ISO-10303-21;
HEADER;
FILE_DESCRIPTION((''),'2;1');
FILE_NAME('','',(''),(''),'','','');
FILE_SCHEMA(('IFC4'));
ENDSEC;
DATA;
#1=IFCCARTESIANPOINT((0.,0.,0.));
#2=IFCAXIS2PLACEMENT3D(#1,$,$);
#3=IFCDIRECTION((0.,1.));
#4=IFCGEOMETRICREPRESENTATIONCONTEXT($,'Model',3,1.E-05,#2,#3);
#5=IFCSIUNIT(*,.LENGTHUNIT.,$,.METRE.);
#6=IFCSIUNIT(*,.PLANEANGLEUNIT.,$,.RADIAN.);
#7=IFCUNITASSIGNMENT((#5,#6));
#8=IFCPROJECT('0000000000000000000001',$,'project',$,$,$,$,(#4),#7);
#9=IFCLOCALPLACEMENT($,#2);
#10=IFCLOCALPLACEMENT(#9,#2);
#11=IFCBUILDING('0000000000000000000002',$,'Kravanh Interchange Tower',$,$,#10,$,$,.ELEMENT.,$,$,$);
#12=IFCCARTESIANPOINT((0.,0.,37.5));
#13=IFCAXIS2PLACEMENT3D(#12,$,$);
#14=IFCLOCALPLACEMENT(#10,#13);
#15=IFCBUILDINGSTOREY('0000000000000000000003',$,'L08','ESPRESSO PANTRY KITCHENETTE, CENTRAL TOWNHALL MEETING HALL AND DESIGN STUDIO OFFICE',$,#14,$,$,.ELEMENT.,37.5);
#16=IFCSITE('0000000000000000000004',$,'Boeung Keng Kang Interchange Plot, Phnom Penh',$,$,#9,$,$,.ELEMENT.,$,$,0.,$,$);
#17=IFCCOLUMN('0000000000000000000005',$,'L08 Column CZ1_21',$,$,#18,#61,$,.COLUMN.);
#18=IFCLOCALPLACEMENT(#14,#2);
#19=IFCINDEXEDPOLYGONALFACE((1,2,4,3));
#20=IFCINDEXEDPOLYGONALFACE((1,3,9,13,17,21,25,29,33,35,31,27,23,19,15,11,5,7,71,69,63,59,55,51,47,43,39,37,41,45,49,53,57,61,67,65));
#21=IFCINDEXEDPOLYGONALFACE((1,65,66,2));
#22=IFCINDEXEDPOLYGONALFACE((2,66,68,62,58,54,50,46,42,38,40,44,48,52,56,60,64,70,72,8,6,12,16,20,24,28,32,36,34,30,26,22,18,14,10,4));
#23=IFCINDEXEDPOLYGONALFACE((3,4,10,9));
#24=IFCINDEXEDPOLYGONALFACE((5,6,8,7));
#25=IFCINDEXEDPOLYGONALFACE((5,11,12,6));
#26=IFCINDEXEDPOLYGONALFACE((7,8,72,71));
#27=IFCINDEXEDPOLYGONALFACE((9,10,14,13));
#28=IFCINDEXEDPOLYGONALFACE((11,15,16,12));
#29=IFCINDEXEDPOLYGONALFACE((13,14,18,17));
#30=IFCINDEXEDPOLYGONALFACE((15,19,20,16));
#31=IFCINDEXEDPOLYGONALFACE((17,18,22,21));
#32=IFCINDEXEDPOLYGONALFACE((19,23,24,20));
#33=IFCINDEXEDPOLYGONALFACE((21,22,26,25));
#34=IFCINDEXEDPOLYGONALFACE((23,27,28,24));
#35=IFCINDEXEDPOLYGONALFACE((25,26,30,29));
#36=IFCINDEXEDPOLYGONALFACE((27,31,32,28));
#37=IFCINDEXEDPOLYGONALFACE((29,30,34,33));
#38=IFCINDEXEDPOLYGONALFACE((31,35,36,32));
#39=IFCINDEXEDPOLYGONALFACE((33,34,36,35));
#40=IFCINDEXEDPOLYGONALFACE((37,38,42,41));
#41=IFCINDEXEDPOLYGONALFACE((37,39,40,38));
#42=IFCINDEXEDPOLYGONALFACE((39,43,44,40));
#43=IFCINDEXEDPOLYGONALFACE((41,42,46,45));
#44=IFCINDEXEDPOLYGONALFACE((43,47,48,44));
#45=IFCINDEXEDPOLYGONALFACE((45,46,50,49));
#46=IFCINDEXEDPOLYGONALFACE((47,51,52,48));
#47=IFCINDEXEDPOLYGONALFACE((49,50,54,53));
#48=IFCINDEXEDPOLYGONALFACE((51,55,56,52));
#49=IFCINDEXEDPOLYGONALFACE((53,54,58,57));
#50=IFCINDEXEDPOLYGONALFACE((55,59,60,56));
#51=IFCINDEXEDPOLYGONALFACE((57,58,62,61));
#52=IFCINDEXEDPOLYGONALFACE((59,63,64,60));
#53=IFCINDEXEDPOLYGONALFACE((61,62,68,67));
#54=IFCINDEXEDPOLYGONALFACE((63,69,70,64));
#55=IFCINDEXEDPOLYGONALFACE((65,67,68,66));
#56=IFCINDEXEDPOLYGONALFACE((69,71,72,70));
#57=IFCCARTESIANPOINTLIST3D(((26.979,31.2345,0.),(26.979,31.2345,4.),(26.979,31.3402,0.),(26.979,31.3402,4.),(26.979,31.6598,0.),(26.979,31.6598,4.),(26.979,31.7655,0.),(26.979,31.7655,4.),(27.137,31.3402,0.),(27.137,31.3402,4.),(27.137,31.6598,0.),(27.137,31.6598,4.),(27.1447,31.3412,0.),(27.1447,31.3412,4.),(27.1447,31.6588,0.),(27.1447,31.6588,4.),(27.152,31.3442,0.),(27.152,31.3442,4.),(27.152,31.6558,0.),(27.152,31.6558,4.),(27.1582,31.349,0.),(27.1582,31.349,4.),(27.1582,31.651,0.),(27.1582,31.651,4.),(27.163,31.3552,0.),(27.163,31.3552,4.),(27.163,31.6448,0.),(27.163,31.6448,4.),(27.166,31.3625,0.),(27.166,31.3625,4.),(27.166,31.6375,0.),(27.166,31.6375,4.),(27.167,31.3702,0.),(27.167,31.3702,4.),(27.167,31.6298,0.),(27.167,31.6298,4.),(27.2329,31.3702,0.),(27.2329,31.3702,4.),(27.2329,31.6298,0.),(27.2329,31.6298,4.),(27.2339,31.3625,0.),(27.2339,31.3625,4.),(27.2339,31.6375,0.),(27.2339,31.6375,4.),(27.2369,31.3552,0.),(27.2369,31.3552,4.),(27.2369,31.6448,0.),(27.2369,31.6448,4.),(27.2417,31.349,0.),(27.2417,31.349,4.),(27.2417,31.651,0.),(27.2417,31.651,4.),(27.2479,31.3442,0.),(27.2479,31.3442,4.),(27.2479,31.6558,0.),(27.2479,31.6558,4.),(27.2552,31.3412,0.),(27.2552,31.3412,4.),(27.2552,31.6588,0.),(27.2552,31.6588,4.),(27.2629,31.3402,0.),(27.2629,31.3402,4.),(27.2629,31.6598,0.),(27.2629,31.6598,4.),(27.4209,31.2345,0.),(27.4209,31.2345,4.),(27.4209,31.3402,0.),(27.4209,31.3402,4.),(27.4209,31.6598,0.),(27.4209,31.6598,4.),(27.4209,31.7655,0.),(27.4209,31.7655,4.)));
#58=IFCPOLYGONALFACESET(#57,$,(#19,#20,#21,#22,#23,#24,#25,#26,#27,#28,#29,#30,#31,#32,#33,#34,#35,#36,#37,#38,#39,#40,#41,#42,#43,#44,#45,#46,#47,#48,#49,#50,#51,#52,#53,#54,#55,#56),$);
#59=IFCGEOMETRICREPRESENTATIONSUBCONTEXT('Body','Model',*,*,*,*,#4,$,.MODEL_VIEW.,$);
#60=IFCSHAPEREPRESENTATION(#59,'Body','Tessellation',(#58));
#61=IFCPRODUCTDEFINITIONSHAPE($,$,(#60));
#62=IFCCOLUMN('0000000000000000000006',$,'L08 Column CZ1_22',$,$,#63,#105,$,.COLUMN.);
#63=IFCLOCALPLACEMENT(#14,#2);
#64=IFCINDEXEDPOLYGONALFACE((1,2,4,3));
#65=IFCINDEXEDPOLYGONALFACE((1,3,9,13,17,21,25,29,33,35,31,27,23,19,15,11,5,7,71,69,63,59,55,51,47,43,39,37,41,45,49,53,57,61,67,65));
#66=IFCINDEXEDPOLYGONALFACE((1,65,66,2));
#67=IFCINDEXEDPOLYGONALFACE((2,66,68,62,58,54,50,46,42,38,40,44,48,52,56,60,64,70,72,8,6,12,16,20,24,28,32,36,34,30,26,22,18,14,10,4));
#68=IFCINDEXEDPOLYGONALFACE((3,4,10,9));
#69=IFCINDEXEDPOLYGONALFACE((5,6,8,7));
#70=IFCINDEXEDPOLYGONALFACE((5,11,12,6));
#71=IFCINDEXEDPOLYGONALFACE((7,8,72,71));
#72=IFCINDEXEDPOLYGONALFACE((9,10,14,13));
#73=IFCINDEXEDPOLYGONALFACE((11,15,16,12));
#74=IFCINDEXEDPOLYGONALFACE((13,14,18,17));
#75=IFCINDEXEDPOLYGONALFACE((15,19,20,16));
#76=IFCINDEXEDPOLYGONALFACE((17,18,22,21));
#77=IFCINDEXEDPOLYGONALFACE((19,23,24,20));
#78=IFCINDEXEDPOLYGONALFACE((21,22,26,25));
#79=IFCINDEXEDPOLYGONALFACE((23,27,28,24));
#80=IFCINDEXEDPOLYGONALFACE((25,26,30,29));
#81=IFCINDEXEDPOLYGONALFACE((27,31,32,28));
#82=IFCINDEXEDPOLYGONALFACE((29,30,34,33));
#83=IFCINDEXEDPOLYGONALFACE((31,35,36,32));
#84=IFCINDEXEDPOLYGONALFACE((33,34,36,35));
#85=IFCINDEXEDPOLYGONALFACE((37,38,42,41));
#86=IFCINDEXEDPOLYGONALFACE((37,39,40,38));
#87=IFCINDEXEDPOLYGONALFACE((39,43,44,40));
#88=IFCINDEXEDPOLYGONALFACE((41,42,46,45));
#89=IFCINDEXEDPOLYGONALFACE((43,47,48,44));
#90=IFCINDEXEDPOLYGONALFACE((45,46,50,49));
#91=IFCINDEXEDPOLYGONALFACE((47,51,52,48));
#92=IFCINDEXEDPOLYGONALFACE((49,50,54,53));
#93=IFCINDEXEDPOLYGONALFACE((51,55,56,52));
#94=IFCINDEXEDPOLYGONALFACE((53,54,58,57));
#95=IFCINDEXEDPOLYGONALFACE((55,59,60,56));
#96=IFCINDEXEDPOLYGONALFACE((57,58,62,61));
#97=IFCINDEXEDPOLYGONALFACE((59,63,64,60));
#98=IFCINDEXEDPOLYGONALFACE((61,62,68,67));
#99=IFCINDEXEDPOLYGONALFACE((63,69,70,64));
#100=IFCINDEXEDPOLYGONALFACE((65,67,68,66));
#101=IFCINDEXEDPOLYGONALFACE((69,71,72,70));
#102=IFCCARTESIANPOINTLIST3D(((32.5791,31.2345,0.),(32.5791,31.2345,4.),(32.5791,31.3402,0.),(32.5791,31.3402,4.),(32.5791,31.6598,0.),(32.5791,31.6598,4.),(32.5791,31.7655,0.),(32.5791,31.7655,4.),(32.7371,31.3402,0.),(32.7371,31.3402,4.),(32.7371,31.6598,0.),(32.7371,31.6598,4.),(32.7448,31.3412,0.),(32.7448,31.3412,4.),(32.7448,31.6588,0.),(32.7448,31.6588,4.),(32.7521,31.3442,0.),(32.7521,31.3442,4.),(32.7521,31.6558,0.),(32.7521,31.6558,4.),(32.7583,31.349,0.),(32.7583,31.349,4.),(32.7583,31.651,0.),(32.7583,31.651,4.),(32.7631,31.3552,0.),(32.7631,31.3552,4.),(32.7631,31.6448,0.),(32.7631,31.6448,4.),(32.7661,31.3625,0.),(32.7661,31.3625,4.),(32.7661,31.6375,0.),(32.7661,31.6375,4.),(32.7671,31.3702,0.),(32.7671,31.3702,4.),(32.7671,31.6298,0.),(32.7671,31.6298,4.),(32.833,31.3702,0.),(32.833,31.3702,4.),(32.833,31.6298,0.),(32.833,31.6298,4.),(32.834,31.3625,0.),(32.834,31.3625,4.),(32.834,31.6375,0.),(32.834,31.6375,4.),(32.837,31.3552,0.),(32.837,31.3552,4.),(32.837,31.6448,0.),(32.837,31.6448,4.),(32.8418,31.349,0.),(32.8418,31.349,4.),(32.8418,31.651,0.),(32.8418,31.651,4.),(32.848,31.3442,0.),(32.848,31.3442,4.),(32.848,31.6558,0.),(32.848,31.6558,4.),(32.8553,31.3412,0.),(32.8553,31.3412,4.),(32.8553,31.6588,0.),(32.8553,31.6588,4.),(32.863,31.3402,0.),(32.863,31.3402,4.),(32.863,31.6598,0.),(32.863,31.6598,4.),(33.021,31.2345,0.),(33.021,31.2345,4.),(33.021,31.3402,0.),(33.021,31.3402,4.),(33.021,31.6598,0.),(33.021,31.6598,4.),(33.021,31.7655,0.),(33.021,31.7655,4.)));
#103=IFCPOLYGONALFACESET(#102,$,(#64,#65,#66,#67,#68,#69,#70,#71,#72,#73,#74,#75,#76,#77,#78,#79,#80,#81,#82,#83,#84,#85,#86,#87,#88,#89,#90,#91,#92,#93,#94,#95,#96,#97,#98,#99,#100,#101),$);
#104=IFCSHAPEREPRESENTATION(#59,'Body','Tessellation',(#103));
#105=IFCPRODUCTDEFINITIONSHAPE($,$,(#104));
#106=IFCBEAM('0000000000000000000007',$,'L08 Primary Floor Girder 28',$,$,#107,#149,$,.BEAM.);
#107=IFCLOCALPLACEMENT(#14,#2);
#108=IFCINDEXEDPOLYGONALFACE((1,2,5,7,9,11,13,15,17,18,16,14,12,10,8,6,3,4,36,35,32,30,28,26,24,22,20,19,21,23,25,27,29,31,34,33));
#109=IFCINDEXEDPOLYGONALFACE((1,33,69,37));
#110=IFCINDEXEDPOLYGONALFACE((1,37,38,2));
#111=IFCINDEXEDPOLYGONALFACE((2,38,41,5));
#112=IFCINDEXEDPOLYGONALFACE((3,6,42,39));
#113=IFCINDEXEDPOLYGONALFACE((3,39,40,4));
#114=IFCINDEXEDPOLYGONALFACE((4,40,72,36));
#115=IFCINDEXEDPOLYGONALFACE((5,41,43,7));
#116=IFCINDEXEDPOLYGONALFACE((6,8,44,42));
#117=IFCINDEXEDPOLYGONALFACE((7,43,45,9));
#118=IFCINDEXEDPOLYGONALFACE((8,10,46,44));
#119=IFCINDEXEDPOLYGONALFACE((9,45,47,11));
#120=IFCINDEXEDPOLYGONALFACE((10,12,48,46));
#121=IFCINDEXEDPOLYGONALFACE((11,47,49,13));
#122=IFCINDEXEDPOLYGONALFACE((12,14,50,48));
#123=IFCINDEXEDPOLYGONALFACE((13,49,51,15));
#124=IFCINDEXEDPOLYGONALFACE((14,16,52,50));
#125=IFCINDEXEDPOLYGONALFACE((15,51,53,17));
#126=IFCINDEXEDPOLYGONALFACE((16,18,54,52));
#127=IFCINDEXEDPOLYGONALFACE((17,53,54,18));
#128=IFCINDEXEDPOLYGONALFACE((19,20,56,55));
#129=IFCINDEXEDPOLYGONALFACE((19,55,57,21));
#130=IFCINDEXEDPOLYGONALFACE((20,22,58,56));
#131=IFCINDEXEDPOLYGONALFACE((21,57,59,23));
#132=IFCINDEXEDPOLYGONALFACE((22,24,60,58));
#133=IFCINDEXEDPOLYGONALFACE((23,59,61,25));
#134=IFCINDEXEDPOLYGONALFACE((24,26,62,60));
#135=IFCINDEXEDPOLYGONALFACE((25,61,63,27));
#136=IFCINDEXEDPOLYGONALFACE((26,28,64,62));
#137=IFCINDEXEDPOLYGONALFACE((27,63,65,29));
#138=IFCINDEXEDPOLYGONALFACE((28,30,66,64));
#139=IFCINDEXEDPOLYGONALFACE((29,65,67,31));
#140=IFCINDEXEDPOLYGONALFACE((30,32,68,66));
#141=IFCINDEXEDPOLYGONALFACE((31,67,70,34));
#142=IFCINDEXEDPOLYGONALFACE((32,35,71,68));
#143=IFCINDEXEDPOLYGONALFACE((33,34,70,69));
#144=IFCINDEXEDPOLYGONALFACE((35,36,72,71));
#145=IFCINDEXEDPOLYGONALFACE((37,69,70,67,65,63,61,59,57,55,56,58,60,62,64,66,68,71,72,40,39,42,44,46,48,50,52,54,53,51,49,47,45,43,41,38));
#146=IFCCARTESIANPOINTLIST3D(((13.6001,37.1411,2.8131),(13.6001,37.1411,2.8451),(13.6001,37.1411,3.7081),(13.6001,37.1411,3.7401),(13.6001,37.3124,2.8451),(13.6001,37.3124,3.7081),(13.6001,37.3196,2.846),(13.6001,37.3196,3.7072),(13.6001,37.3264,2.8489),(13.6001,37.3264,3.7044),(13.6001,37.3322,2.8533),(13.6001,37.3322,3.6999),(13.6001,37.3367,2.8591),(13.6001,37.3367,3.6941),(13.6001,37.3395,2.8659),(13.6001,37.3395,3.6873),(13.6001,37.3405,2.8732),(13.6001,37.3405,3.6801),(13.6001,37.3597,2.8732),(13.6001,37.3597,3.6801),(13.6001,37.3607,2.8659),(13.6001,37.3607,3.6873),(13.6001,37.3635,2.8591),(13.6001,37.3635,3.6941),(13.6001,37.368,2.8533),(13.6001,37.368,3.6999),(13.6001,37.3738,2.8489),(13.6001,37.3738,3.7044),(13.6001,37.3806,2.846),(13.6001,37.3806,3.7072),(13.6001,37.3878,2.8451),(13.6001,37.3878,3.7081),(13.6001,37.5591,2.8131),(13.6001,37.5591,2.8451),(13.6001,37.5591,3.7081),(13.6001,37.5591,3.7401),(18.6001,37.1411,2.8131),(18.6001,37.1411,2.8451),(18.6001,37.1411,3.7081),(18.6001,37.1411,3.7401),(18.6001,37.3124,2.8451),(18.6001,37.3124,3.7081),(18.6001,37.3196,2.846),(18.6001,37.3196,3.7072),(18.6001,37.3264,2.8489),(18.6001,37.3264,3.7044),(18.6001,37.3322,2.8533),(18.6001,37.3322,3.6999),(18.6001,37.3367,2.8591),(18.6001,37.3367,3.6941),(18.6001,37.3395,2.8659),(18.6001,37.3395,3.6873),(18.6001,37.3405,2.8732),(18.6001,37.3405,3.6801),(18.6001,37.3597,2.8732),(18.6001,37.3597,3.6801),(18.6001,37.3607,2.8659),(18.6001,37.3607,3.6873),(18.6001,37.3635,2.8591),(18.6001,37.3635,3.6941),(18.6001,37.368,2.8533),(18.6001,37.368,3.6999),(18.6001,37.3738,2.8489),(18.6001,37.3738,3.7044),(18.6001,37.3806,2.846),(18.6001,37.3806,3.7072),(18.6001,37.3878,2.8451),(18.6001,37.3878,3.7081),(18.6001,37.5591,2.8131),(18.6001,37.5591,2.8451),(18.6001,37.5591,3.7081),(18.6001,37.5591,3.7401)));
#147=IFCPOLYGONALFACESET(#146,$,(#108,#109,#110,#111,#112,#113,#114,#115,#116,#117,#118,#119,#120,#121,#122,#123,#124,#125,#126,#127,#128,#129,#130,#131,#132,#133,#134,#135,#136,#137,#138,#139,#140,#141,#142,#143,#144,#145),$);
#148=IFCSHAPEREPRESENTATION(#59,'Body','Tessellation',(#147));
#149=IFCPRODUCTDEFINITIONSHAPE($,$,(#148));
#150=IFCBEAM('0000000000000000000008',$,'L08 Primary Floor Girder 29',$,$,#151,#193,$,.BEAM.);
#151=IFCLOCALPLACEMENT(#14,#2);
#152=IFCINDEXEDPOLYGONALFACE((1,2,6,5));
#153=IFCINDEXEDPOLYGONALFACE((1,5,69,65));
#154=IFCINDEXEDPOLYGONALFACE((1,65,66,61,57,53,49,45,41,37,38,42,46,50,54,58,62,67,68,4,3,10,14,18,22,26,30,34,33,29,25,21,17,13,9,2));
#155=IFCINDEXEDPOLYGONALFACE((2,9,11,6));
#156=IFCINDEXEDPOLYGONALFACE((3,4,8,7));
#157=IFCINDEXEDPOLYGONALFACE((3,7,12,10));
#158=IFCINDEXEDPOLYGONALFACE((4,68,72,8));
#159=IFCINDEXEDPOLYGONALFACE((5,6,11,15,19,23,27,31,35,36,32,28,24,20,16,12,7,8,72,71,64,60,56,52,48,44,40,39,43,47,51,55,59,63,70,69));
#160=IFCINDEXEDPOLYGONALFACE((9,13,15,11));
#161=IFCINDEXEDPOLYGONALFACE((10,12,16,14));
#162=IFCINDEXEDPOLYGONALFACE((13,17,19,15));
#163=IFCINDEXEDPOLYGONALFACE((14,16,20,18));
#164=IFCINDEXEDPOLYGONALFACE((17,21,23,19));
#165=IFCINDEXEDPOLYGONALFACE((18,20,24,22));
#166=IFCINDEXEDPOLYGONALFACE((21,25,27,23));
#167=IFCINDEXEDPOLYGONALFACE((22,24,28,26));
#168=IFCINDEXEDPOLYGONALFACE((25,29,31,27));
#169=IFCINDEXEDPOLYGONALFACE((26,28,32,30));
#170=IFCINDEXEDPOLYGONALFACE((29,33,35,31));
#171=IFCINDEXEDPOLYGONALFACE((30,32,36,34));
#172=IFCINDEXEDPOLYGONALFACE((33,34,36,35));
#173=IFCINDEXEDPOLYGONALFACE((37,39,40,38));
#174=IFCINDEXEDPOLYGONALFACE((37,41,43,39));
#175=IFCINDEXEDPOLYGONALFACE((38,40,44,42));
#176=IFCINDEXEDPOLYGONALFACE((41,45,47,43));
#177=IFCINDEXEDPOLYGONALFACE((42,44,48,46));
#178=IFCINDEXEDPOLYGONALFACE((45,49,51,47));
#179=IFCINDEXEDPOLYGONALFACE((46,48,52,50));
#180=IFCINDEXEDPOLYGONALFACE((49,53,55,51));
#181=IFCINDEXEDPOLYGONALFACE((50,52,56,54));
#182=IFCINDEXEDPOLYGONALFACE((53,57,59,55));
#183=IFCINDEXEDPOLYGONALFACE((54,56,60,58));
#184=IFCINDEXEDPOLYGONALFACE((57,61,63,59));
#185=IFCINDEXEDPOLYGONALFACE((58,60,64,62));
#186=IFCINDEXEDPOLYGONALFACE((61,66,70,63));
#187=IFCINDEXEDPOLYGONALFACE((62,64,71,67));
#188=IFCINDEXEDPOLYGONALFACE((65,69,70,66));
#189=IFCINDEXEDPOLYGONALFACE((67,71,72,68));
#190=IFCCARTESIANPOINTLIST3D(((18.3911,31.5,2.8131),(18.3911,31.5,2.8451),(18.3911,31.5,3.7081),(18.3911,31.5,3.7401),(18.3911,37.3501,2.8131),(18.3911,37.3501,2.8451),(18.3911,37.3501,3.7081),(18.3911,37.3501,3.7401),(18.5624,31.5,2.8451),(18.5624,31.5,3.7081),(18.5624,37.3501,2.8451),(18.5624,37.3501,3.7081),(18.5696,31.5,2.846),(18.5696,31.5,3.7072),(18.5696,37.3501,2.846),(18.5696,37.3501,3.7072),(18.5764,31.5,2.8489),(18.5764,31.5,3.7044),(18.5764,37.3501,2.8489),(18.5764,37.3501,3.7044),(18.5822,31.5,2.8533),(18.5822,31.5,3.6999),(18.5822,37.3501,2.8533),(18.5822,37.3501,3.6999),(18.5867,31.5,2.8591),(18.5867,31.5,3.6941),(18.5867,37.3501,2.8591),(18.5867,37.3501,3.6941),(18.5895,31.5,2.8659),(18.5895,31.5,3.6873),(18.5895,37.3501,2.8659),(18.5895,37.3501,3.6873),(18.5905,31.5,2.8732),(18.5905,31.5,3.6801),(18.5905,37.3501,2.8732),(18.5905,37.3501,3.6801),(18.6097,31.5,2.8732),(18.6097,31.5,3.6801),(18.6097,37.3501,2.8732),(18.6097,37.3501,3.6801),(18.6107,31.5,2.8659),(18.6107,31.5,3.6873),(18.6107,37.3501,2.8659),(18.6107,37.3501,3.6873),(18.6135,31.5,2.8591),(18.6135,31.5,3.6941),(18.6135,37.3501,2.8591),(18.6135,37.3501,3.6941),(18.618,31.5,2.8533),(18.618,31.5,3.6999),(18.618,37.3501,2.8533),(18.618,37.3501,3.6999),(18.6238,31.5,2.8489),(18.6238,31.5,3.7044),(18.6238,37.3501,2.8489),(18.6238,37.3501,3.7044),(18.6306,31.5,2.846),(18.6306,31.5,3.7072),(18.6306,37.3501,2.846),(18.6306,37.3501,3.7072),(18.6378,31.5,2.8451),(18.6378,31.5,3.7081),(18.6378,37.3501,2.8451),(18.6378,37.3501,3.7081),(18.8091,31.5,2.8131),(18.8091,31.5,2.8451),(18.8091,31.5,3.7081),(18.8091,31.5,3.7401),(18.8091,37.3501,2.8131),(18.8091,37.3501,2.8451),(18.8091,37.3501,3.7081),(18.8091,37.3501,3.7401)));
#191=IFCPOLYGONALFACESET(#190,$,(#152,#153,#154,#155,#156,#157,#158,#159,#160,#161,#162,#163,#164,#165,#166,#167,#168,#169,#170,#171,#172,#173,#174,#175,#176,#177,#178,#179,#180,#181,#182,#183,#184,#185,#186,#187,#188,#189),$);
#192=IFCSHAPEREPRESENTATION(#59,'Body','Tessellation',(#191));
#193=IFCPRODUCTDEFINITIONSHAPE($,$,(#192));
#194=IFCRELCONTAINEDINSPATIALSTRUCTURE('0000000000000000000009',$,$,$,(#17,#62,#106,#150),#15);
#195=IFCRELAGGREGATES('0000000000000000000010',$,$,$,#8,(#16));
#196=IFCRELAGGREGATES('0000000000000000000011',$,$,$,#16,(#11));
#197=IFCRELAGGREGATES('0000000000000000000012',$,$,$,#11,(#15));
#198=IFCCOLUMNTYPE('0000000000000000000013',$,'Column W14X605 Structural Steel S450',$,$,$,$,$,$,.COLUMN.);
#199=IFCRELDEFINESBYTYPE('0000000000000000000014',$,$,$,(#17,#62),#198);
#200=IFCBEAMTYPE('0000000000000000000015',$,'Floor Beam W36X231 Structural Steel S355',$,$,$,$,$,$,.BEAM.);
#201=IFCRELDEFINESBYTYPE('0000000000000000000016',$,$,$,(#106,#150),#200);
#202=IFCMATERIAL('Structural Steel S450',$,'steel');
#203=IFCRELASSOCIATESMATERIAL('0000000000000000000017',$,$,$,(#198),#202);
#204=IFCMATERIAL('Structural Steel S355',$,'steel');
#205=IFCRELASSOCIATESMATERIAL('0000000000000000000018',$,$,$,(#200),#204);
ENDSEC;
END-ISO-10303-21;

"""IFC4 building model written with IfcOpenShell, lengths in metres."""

from ifc_helpers import new_model, si_unit, direction, frame, origin, origin_2d, place, context, subcontext, project, spatial, i_section, extrude, material, material_profile, profile_set, type_object, element, save


model = new_model("IFC4")

# Units and contexts
model_context = context("Model", 3, precision=1e-05, world=origin(), true_north=direction((0.0, 1.0)))
body_context = subcontext(model_context, "Body", "Model", "MODEL_VIEW")
ifc_project = project(units=[si_unit("LENGTHUNIT", "METRE"), si_unit("PLANEANGLEUNIT", "RADIAN")], contexts=[model_context])

# Site, building, storey
site_placement = place(None, origin())
site = spatial("IfcSite", under=ifc_project, at=site_placement, Name="Boeung Keng Kang Interchange Plot, Phnom Penh", CompositionType="ELEMENT", RefElevation=0.0)
building_placement = place(site_placement, origin())
building = spatial("IfcBuilding", under=site, at=building_placement, Name="Kravanh Interchange Tower", CompositionType="ELEMENT")
storey_placement = place(building_placement, frame((0.0, 0.0, 37.5)))
storey = spatial("IfcBuildingStorey", under=building, at=storey_placement, Name="L08", Description="ESPRESSO PANTRY KITCHENETTE, CENTRAL TOWNHALL MEETING HALL AND DESIGN STUDIO OFFICE", CompositionType="ELEMENT", Elevation=37.5)

# Columns
ifc_material_1 = material(Name="Structural Steel S450", Category="steel")
ifc_material_profile_1 = material_profile(ifc_material_1, i_section(OverallWidth=0.4419, OverallDepth=0.531, WebThickness=0.0659, FlangeThickness=0.1057, FilletRadius=0.03, at=origin_2d()), Name="W14X605")
ifc_profile_set_1 = profile_set([ifc_material_profile_1], Name="Structural Steel S450")
column_type_1 = type_object("IfcColumnType", Name="Column W14X605 Structural Steel S450", PredefinedType="COLUMN", material=ifc_profile_set_1)
for number, where, z_axis, x_axis, name in (
    (1, (27.2, 31.5, 0.0), (0.0, 0.0, 1.0), (1.0, 0.0, 0.0), "L08 Column CZ1_21"),
    (2, (32.8, 31.5, 0.0), (0.0, 0.0, 1.0), (1.0, 0.0, 0.0), "L08 Column CZ1_22"),
):
    element("IfcColumn", number, at=place(storey_placement, frame(where, z_axis=z_axis, x_axis=x_axis)), inside=storey, type_object=column_type_1, Name=name, PredefinedType="COLUMN", context=body_context, shape_type="SweptSolid", body=[
        extrude(i_section(OverallWidth=0.4419, OverallDepth=0.531, WebThickness=0.0659, FlangeThickness=0.1057, FilletRadius=0.03, at=origin_2d()), origin(), (0.0, 0.0, 1.0), 4.0),
    ])

# Beams
ifc_material_2 = material(Name="Structural Steel S355", Category="steel")
ifc_material_profile_2 = material_profile(ifc_material_2, i_section(OverallWidth=0.418, OverallDepth=0.927, WebThickness=0.0193, FlangeThickness=0.032, FilletRadius=0.0281, at=origin_2d()), Name="W36X231")
ifc_profile_set_2 = profile_set([ifc_material_profile_2], Name="Structural Steel S355")
beam_type_1 = type_object("IfcBeamType", Name="Floor Beam W36X231 Structural Steel S355", PredefinedType="BEAM", material=ifc_profile_set_2)
beam_1_placement = place(storey_placement, frame((18.6001, 37.3501, 3.2766), z_axis=(-1.0, 0.0, 0.0), x_axis=(0.0, -1.0, 0.0)))
element("IfcBeam", 3, at=beam_1_placement, inside=storey, type_object=beam_type_1, Name="L08 Primary Floor Girder 28", PredefinedType="BEAM", context=body_context, shape_type="SweptSolid", body=[
    extrude(i_section(OverallWidth=0.418, OverallDepth=0.927, WebThickness=0.0193, FlangeThickness=0.032, FilletRadius=0.0281, at=origin_2d()), origin(), (0.0, 0.0, 1.0), 5.0),
])
beam_2_placement = place(storey_placement, frame((18.6001, 37.3501, 3.2766), z_axis=(0.0, -1.0, 0.0), x_axis=(1.0, 0.0, 0.0)))
element("IfcBeam", 4, at=beam_2_placement, inside=storey, type_object=beam_type_1, Name="L08 Primary Floor Girder 29", PredefinedType="BEAM", context=body_context, shape_type="SweptSolid", body=[
    extrude(i_section(OverallWidth=0.418, OverallDepth=0.927, WebThickness=0.0193, FlangeThickness=0.032, FilletRadius=0.0281, at=origin_2d()), origin(), (0.0, 0.0, 1.0), 5.8501),
])

save(model, "model.ifc")
